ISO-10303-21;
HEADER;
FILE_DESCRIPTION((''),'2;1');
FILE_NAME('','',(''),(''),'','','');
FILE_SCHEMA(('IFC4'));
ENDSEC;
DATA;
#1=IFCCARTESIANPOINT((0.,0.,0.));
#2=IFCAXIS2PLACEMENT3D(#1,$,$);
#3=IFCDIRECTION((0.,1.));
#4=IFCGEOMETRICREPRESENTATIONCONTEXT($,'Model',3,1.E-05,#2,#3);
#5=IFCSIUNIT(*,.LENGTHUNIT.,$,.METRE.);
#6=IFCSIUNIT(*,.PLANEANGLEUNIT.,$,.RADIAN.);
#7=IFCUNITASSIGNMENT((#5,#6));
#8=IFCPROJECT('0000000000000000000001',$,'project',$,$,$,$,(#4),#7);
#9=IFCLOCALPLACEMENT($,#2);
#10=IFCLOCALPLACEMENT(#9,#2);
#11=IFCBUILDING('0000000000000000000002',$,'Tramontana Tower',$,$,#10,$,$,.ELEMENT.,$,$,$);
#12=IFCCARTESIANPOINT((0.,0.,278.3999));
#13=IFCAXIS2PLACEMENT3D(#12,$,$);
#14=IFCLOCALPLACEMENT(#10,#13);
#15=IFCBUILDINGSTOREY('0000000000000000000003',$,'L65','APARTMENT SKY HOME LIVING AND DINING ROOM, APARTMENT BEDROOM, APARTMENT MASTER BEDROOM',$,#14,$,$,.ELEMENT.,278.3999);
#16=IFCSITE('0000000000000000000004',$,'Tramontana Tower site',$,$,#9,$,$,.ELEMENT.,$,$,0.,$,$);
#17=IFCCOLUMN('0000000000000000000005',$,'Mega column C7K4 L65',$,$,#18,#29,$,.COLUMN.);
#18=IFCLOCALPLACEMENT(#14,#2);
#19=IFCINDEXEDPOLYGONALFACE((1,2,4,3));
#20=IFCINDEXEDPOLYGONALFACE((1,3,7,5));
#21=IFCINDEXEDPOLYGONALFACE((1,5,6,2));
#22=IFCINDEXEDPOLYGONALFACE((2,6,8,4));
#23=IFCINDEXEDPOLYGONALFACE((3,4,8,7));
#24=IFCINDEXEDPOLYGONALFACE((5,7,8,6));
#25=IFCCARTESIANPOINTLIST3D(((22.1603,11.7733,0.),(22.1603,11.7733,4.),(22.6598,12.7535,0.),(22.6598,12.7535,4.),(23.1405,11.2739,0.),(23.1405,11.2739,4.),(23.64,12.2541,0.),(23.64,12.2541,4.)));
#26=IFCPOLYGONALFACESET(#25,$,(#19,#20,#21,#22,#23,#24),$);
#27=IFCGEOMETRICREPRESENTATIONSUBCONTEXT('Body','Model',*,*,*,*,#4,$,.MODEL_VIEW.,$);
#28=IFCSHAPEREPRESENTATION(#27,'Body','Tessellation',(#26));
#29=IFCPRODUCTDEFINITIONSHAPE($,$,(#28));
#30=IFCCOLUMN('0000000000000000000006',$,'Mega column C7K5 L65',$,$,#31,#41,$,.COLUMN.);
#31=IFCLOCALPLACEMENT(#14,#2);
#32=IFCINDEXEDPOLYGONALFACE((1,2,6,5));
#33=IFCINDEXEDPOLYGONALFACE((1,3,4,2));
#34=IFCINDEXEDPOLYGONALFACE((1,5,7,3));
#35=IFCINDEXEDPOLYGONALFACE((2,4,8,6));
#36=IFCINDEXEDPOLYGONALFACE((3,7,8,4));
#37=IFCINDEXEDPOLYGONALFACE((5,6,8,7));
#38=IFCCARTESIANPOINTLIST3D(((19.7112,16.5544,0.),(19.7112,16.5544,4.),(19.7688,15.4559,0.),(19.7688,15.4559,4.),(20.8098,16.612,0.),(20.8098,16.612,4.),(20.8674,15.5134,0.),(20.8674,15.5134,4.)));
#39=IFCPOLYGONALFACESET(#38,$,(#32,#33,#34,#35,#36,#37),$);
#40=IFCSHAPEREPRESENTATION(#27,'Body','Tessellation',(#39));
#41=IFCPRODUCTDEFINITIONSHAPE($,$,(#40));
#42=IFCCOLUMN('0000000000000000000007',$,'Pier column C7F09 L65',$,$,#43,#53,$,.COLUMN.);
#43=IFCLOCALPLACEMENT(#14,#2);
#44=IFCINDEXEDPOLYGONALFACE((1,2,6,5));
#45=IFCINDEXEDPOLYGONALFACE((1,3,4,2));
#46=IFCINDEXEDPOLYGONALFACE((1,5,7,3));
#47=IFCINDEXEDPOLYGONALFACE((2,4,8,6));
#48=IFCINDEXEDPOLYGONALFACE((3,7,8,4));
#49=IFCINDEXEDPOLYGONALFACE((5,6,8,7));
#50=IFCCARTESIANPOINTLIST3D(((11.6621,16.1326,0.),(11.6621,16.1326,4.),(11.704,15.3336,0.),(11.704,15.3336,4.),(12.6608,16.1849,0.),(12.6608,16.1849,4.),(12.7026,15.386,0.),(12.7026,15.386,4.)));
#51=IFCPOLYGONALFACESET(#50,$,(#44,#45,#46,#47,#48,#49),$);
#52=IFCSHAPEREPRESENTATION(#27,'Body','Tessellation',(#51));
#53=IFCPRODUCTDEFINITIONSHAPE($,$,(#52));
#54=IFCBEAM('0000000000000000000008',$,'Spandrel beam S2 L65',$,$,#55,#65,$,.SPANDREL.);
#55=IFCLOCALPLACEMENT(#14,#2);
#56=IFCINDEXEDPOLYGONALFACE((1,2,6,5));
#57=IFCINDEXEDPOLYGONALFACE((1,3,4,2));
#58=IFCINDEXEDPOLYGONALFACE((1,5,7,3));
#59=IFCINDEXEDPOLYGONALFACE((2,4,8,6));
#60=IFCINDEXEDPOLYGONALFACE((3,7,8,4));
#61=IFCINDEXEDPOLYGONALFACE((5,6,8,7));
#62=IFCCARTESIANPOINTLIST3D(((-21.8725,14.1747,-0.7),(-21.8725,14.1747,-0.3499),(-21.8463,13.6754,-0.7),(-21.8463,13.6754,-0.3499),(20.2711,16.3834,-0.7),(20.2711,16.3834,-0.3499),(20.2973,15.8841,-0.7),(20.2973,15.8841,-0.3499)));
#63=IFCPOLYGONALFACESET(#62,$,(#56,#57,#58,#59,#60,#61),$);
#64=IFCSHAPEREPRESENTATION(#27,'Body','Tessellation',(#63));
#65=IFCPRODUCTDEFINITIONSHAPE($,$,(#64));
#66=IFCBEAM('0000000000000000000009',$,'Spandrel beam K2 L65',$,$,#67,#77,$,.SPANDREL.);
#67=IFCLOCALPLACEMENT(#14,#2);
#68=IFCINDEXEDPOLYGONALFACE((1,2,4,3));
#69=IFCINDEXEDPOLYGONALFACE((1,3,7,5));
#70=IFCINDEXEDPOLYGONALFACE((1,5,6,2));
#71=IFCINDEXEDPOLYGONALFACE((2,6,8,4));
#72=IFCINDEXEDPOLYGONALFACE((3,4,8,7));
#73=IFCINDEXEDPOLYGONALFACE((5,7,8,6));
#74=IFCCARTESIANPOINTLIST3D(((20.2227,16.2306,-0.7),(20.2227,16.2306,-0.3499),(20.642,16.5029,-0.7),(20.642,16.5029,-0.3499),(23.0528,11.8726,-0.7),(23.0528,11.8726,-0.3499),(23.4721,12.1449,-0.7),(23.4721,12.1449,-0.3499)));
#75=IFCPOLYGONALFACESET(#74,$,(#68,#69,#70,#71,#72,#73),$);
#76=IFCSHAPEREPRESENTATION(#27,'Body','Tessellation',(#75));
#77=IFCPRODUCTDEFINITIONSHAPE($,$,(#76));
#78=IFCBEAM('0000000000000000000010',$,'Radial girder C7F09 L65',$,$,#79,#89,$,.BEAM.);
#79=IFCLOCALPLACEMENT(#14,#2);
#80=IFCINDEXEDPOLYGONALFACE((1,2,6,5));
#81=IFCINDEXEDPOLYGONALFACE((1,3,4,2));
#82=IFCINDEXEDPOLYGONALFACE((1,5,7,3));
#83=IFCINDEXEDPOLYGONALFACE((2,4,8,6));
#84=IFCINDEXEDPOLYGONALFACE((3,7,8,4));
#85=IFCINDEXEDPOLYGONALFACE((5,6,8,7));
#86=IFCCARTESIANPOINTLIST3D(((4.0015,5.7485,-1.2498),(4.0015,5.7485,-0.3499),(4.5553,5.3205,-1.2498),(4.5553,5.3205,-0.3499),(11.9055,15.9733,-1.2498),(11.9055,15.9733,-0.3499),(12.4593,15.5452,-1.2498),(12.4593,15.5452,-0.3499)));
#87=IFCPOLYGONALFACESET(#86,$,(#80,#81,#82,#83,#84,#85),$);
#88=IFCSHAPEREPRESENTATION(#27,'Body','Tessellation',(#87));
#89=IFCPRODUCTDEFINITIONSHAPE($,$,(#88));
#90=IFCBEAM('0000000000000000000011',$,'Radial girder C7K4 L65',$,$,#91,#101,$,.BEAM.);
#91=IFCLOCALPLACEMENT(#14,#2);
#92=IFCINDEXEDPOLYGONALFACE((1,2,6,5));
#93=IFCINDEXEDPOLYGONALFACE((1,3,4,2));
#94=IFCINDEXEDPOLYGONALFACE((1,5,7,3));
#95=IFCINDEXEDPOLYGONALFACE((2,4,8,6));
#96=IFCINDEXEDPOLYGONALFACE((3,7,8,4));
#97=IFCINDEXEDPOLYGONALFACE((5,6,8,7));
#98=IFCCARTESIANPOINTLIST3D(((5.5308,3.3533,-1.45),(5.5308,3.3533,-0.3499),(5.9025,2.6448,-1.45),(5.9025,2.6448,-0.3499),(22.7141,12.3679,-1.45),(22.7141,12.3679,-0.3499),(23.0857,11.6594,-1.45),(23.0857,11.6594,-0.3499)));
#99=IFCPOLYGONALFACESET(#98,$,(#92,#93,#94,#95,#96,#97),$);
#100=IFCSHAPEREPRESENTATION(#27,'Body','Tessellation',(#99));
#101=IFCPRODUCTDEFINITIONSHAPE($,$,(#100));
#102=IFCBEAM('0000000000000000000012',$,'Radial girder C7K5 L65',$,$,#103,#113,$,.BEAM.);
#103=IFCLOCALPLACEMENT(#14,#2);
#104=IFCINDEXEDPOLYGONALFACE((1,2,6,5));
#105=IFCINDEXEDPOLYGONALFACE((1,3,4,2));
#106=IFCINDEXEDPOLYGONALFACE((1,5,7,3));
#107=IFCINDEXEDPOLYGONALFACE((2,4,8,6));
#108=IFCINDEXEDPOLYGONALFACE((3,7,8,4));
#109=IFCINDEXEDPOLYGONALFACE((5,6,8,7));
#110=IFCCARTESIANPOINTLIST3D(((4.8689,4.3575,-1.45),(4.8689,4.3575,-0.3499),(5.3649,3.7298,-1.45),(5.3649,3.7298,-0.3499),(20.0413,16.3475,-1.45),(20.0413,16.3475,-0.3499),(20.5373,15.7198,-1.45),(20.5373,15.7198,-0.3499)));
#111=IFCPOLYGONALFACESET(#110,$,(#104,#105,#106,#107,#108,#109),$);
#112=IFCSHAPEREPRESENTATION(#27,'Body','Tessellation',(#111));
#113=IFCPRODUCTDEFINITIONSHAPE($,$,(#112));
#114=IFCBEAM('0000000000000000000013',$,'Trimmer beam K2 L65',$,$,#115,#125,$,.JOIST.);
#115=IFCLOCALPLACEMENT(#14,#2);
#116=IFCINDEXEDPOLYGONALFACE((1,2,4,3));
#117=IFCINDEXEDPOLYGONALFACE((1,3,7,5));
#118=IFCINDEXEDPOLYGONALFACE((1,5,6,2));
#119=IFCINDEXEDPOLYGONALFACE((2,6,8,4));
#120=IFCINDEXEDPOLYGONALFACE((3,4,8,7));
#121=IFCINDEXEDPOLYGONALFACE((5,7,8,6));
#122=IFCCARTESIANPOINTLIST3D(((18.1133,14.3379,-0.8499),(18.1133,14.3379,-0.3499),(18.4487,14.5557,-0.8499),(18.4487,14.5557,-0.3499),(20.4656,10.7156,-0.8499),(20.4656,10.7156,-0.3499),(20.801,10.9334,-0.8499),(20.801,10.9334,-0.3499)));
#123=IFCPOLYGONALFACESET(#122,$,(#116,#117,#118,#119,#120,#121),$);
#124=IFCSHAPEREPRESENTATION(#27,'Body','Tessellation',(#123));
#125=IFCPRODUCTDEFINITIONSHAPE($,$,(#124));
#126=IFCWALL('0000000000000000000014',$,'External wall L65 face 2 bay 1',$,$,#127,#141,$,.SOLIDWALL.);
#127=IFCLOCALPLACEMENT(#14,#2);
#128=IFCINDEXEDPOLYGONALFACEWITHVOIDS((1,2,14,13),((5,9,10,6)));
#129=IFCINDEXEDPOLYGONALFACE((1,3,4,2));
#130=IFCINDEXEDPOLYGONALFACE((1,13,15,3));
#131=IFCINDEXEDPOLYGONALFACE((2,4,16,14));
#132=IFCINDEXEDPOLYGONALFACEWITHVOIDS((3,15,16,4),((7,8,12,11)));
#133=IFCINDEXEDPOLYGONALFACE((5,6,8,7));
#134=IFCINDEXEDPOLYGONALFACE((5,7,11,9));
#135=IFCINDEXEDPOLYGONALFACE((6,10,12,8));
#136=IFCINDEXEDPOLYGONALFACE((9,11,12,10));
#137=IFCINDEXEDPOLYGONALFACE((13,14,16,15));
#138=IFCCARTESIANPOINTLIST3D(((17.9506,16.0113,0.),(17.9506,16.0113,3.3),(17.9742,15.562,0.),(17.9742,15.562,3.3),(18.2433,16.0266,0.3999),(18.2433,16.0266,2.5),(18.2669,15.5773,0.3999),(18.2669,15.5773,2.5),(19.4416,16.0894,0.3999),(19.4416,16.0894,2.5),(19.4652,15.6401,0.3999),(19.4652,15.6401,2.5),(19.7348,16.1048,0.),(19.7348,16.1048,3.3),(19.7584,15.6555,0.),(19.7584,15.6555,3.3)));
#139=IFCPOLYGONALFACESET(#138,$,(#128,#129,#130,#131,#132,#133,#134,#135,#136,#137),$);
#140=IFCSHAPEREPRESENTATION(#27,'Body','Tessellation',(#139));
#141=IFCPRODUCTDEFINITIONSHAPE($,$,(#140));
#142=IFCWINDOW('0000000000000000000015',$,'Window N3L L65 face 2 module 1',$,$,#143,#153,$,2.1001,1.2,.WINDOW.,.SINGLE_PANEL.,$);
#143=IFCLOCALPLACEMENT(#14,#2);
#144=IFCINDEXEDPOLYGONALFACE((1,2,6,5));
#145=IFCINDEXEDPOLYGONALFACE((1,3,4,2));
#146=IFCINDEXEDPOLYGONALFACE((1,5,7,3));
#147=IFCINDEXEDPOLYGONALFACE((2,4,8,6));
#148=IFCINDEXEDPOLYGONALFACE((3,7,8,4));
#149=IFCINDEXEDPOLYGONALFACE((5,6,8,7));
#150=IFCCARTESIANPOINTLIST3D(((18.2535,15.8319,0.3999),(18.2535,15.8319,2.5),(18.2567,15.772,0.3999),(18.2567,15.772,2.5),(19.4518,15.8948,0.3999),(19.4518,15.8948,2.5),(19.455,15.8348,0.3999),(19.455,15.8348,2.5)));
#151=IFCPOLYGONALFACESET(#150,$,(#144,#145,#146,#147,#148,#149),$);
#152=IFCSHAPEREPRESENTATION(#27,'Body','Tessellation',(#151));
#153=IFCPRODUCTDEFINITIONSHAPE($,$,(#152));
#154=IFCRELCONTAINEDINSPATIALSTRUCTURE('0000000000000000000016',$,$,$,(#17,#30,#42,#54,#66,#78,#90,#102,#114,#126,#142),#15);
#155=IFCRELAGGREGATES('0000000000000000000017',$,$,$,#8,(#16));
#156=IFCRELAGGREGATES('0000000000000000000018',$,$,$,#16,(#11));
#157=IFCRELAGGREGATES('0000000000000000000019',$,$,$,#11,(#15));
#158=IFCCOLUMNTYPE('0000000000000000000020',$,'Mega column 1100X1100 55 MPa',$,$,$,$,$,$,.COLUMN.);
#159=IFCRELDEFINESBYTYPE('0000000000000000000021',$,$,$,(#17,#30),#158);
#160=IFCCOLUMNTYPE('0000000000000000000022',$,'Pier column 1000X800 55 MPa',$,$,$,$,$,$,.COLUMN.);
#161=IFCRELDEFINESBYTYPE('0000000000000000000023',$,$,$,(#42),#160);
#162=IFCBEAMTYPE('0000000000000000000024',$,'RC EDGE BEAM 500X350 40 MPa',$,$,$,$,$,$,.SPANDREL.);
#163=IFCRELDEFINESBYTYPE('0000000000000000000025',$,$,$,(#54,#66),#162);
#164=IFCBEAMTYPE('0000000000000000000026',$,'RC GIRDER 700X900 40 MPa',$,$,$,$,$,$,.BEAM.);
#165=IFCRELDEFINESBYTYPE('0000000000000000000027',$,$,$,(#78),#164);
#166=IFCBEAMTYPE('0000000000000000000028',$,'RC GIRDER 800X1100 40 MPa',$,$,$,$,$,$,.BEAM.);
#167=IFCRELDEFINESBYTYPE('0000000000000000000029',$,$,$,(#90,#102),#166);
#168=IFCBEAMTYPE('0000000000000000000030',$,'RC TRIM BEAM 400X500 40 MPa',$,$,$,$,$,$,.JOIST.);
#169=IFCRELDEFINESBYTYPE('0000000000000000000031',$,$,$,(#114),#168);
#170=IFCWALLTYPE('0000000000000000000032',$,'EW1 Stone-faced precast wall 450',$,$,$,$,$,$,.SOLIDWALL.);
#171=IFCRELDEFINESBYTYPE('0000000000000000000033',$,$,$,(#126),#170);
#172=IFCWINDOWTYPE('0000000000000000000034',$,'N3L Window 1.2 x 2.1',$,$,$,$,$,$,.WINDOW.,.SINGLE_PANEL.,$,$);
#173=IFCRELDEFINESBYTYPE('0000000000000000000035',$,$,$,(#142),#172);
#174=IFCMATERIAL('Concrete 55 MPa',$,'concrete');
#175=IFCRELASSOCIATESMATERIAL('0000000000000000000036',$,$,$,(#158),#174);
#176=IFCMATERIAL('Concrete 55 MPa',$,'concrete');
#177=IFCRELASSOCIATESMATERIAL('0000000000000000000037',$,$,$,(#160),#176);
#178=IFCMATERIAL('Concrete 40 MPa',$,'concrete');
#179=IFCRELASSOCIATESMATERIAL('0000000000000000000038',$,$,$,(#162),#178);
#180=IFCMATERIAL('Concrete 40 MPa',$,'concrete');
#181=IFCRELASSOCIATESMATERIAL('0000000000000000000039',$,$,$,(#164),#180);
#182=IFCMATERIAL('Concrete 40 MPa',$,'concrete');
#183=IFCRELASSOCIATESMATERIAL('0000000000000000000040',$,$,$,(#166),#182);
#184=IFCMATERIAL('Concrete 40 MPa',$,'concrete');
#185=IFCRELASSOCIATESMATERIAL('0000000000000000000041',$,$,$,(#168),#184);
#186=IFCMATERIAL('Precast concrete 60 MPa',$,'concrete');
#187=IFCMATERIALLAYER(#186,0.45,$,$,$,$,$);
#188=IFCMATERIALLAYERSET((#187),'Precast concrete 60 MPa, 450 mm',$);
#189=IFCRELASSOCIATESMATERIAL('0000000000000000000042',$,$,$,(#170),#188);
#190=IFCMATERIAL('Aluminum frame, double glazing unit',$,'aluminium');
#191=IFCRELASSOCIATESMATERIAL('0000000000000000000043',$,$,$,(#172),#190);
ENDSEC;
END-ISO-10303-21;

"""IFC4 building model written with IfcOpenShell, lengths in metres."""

from ifc_helpers import new_model, si_unit, direction, frame, frame_2d, origin, origin_2d, place, context, subcontext, project, spatial, rectangle, extrude, material, layer, layer_set, material_profile, profile_set, type_object, element, fill, save


model = new_model("IFC4")

# Units and contexts
model_context = context("Model", 3, precision=1e-05, world=origin(), true_north=direction((0.0, 1.0)))
body_context = subcontext(model_context, "Body", "Model", "MODEL_VIEW")
ifc_project = project(units=[si_unit("LENGTHUNIT", "METRE"), si_unit("PLANEANGLEUNIT", "RADIAN")], contexts=[model_context])

# Site, building, storey
site_placement = place(None, origin())
site = spatial("IfcSite", under=ifc_project, at=site_placement, Name="Tramontana Tower site", CompositionType="ELEMENT", RefElevation=0.0)
building_placement = place(site_placement, origin())
building = spatial("IfcBuilding", under=site, at=building_placement, Name="Tramontana Tower", CompositionType="ELEMENT")
storey_placement = place(building_placement, frame((0.0, 0.0, 278.3999)))
storey = spatial("IfcBuildingStorey", under=building, at=storey_placement, Name="L65", Description="APARTMENT SKY HOME LIVING AND DINING ROOM, APARTMENT BEDROOM, APARTMENT MASTER BEDROOM", CompositionType="ELEMENT", Elevation=278.3999)

# Columns
ifc_material_1 = material(Name="Concrete 55 MPa", Category="concrete")
ifc_material_profile_1 = material_profile(ifc_material_1, rectangle(XDim=1.1001, YDim=1.1001, at=origin_2d()), Name="Mega column 1100X1100 55 MPa")
ifc_profile_set_1 = profile_set([ifc_material_profile_1], Name="Concrete 55 MPa")
column_type_1 = type_object("IfcColumnType", Name="Mega column 1100X1100 55 MPa", PredefinedType="COLUMN", material=ifc_profile_set_1)
for number, where, z_axis, x_axis, name in (
    (1, (22.9001, 12.0137, 0.0), (0.0, 0.0, 1.0), (0.45399, 0.891007, 0.0), "Mega column C7K4 L65"),
    (2, (20.2893, 16.0339, 0.0), (0.0, 0.0, 1.0), (-0.99863, -0.052336, 0.0), "Mega column C7K5 L65"),
):
    element("IfcColumn", number, at=place(storey_placement, frame(where, z_axis=z_axis, x_axis=x_axis)), inside=storey, type_object=column_type_1, Name=name, PredefinedType="COLUMN", context=body_context, shape_type="SweptSolid", body=[
        extrude(rectangle(XDim=1.1001, YDim=1.1001, at=origin_2d()), origin(), (0.0, 0.0, 1.0), 4.0),
    ])
ifc_material_2 = material(Name="Concrete 55 MPa", Category="concrete")
ifc_material_profile_2 = material_profile(ifc_material_2, rectangle(XDim=1.0, YDim=0.8, at=origin_2d()), Name="Pier column 1000X800 55 MPa")
ifc_profile_set_2 = profile_set([ifc_material_profile_2], Name="Concrete 55 MPa")
column_type_2 = type_object("IfcColumnType", Name="Pier column 1000X800 55 MPa", PredefinedType="COLUMN", material=ifc_profile_set_2)
column_placement = place(storey_placement, frame((12.1824, 15.7593, 0.0), z_axis=(0.0, 0.0, 1.0), x_axis=(-0.99863, -0.052336, 0.0)))
element("IfcColumn", 3, at=column_placement, inside=storey, type_object=column_type_2, Name="Pier column C7F09 L65", PredefinedType="COLUMN", context=body_context, shape_type="SweptSolid", body=[
    extrude(rectangle(XDim=1.0, YDim=0.8, at=origin_2d()), origin(), (0.0, 0.0, 1.0), 4.0),
])

# Beams
ifc_material_3 = material(Name="Concrete 40 MPa", Category="concrete")
ifc_material_profile_3 = material_profile(ifc_material_3, rectangle(XDim=0.5, YDim=0.3501, at=origin_2d()), Name="RC EDGE BEAM 500X350 40 MPa")
ifc_profile_set_3 = profile_set([ifc_material_profile_3], Name="Concrete 40 MPa")
beam_type_1 = type_object("IfcBeamType", Name="RC EDGE BEAM 500X350 40 MPa", PredefinedType="SPANDREL", material=ifc_profile_set_3)
beam_1_placement = place(storey_placement, frame((20.2842, 16.1338, -0.5249), z_axis=(-0.998629, -0.052338, 0.0), x_axis=(0.052338, -0.998629, 0.0)))
element("IfcBeam", 4, at=beam_1_placement, inside=storey, type_object=beam_type_1, Name="Spandrel beam S2 L65", PredefinedType="SPANDREL", context=body_context, shape_type="SweptSolid", body=[
    extrude(rectangle(XDim=0.5, YDim=0.3501, at=origin_2d()), origin(), (0.0, 0.0, 1.0), 42.2014),
])
beam_2_placement = place(storey_placement, frame((23.2625, 12.0088, -0.5249), z_axis=(-0.544641, 0.838669, 0.0), x_axis=(-0.838669, -0.544641, 0.0)))
element("IfcBeam", 5, at=beam_2_placement, inside=storey, type_object=beam_type_1, Name="Spandrel beam K2 L65", PredefinedType="SPANDREL", context=body_context, shape_type="SweptSolid", body=[
    extrude(rectangle(XDim=0.5, YDim=0.3501, at=origin_2d()), origin(), (0.0, 0.0, 1.0), 5.1963),
])
ifc_material_4 = material(Name="Concrete 40 MPa", Category="concrete")
ifc_material_profile_4 = material_profile(ifc_material_4, rectangle(XDim=0.7, YDim=0.8999, at=origin_2d()), Name="RC GIRDER 700X900 40 MPa")
ifc_profile_set_4 = profile_set([ifc_material_profile_4], Name="Concrete 40 MPa")
beam_type_2 = type_object("IfcBeamType", Name="RC GIRDER 700X900 40 MPa", PredefinedType="BEAM", material=ifc_profile_set_4)
beam_3_placement = place(storey_placement, frame((12.1824, 15.7593, -0.7998), z_axis=(-0.611594, -0.791172, 0.0), x_axis=(0.791172, -0.611594, 0.0)))
element("IfcBeam", 6, at=beam_3_placement, inside=storey, type_object=beam_type_2, Name="Radial girder C7F09 L65", PredefinedType="BEAM", context=body_context, shape_type="SweptSolid", body=[
    extrude(rectangle(XDim=0.7, YDim=0.8999, at=origin_2d()), origin(), (0.0, 0.0, 1.0), 12.9236),
])
ifc_material_5 = material(Name="Concrete 40 MPa", Category="concrete")
ifc_material_profile_5 = material_profile(ifc_material_5, rectangle(XDim=0.8, YDim=1.1001, at=origin_2d()), Name="RC GIRDER 800X1100 40 MPa")
ifc_profile_set_5 = profile_set([ifc_material_profile_5], Name="Concrete 40 MPa")
beam_type_3 = type_object("IfcBeamType", Name="RC GIRDER 800X1100 40 MPa", PredefinedType="BEAM", material=ifc_profile_set_5)
beam_4_placement = place(storey_placement, frame((22.8999, 12.0137, -0.8999), z_axis=(-0.885538, -0.464567, 0.0), x_axis=(0.464567, -0.885538, 0.0)))
element("IfcBeam", 7, at=beam_4_placement, inside=storey, type_object=beam_type_3, Name="Radial girder C7K4 L65", PredefinedType="BEAM", context=body_context, shape_type="SweptSolid", body=[
    extrude(rectangle(XDim=0.8, YDim=1.1001, at=origin_2d()), origin(), (0.0, 0.0, 1.0), 19.4043),
])
beam_5_placement = place(storey_placement, frame((20.2893, 16.0337, -0.8999), z_axis=(-0.784586, -0.62002, 0.0), x_axis=(0.62002, -0.784586, 0.0)))
element("IfcBeam", 8, at=beam_5_placement, inside=storey, type_object=beam_type_3, Name="Radial girder C7K5 L65", PredefinedType="BEAM", context=body_context, shape_type="SweptSolid", body=[
    extrude(rectangle(XDim=0.8, YDim=1.1001, at=origin_2d()), origin(), (0.0, 0.0, 1.0), 19.3381),
])
ifc_material_6 = material(Name="Concrete 40 MPa", Category="concrete")
ifc_material_profile_6 = material_profile(ifc_material_6, rectangle(XDim=0.3999, YDim=0.5, at=origin_2d()), Name="RC TRIM BEAM 400X500 40 MPa")
ifc_profile_set_6 = profile_set([ifc_material_profile_6], Name="Concrete 40 MPa")
beam_type_4 = type_object("IfcBeamType", Name="RC TRIM BEAM 400X500 40 MPa", PredefinedType="JOIST", material=ifc_profile_set_6)
beam_6_placement = place(storey_placement, frame((20.6333, 10.8245, -0.5999), z_axis=(-0.544629, 0.838677, 0.0), x_axis=(-0.838677, -0.544629, 0.0)))
element("IfcBeam", 9, at=beam_6_placement, inside=storey, type_object=beam_type_4, Name="Trimmer beam K2 L65", PredefinedType="JOIST", context=body_context, shape_type="SweptSolid", body=[
    extrude(rectangle(XDim=0.3999, YDim=0.5, at=origin_2d()), origin(), (0.0, 0.0, 1.0), 4.3191),
])

# Wall, opening, window
ifc_material_7 = material(Name="Precast concrete 60 MPa", Category="concrete")
ifc_layer_1 = layer(ifc_material_7, 0.45)
ifc_layer_set_1 = layer_set([ifc_layer_1], Name="Precast concrete 60 MPa, 450 mm")
wall_type_1 = type_object("IfcWallType", Name="EW1 Stone-faced precast wall 450", PredefinedType="SOLIDWALL", material=ifc_layer_set_1)
wall_1_placement = place(storey_placement, frame((19.7466, 15.8801, 0.0), z_axis=(0.0, 0.0, 1.0), x_axis=(-0.99863, -0.052336, 0.0)))
wall_1 = element("IfcWall", 10, at=wall_1_placement, inside=storey, type_object=wall_type_1, Name="External wall L65 face 2 bay 1", PredefinedType="SOLIDWALL", context=body_context, shape_type="SweptSolid", body=[
    extrude(rectangle(XDim=1.7866, YDim=0.45, at=frame_2d((0.8933, 0.0))), origin(), (0.0, 0.0, 1.0), 3.3),
])
opening_1_placement = place(wall_1_placement, frame((0.2935, 0.0, 0.3999)))
opening_1 = element("IfcOpeningElement", 11, at=opening_1_placement, cuts=wall_1, PredefinedType="OPENING", context=body_context, shape_type="SweptSolid", body=[
    extrude(rectangle(XDim=1.2, YDim=2.1001, at=frame_2d((0.6001, 1.05))), frame((0.0, 0.2349, 0.0), z_axis=(0.0, -1.0, 0.0), x_axis=(1.0, 0.0, 0.0)), (0.0, 0.0, 1.0), 0.47),
])
ifc_material_8 = material(Name="Aluminum frame, double glazing unit", Category="aluminium")
window_type_1 = type_object("IfcWindowType", Name="N3L Window 1.2 x 2.1", PartitioningType="SINGLE_PANEL", PredefinedType="WINDOW", material=ifc_material_8)
window_1_placement = place(opening_1_placement, origin())
window_1 = element("IfcWindow", 12, at=window_1_placement, inside=storey, type_object=window_type_1, Name="Window N3L L65 face 2 module 1", OverallHeight=2.1001, OverallWidth=1.2, PartitioningType="SINGLE_PANEL", PredefinedType="WINDOW", context=body_context, shape_type="SweptSolid", body=[
    extrude(rectangle(XDim=1.2, YDim=2.1001, at=frame_2d((0.6001, 1.05))), frame((0.0, 0.03, 0.0), z_axis=(0.0, -1.0, 0.0), x_axis=(1.0, 0.0, 0.0)), (0.0, 0.0, 1.0), 0.0601),
])
fill(opening_1, window_1)

save(model, "model.ifc")
